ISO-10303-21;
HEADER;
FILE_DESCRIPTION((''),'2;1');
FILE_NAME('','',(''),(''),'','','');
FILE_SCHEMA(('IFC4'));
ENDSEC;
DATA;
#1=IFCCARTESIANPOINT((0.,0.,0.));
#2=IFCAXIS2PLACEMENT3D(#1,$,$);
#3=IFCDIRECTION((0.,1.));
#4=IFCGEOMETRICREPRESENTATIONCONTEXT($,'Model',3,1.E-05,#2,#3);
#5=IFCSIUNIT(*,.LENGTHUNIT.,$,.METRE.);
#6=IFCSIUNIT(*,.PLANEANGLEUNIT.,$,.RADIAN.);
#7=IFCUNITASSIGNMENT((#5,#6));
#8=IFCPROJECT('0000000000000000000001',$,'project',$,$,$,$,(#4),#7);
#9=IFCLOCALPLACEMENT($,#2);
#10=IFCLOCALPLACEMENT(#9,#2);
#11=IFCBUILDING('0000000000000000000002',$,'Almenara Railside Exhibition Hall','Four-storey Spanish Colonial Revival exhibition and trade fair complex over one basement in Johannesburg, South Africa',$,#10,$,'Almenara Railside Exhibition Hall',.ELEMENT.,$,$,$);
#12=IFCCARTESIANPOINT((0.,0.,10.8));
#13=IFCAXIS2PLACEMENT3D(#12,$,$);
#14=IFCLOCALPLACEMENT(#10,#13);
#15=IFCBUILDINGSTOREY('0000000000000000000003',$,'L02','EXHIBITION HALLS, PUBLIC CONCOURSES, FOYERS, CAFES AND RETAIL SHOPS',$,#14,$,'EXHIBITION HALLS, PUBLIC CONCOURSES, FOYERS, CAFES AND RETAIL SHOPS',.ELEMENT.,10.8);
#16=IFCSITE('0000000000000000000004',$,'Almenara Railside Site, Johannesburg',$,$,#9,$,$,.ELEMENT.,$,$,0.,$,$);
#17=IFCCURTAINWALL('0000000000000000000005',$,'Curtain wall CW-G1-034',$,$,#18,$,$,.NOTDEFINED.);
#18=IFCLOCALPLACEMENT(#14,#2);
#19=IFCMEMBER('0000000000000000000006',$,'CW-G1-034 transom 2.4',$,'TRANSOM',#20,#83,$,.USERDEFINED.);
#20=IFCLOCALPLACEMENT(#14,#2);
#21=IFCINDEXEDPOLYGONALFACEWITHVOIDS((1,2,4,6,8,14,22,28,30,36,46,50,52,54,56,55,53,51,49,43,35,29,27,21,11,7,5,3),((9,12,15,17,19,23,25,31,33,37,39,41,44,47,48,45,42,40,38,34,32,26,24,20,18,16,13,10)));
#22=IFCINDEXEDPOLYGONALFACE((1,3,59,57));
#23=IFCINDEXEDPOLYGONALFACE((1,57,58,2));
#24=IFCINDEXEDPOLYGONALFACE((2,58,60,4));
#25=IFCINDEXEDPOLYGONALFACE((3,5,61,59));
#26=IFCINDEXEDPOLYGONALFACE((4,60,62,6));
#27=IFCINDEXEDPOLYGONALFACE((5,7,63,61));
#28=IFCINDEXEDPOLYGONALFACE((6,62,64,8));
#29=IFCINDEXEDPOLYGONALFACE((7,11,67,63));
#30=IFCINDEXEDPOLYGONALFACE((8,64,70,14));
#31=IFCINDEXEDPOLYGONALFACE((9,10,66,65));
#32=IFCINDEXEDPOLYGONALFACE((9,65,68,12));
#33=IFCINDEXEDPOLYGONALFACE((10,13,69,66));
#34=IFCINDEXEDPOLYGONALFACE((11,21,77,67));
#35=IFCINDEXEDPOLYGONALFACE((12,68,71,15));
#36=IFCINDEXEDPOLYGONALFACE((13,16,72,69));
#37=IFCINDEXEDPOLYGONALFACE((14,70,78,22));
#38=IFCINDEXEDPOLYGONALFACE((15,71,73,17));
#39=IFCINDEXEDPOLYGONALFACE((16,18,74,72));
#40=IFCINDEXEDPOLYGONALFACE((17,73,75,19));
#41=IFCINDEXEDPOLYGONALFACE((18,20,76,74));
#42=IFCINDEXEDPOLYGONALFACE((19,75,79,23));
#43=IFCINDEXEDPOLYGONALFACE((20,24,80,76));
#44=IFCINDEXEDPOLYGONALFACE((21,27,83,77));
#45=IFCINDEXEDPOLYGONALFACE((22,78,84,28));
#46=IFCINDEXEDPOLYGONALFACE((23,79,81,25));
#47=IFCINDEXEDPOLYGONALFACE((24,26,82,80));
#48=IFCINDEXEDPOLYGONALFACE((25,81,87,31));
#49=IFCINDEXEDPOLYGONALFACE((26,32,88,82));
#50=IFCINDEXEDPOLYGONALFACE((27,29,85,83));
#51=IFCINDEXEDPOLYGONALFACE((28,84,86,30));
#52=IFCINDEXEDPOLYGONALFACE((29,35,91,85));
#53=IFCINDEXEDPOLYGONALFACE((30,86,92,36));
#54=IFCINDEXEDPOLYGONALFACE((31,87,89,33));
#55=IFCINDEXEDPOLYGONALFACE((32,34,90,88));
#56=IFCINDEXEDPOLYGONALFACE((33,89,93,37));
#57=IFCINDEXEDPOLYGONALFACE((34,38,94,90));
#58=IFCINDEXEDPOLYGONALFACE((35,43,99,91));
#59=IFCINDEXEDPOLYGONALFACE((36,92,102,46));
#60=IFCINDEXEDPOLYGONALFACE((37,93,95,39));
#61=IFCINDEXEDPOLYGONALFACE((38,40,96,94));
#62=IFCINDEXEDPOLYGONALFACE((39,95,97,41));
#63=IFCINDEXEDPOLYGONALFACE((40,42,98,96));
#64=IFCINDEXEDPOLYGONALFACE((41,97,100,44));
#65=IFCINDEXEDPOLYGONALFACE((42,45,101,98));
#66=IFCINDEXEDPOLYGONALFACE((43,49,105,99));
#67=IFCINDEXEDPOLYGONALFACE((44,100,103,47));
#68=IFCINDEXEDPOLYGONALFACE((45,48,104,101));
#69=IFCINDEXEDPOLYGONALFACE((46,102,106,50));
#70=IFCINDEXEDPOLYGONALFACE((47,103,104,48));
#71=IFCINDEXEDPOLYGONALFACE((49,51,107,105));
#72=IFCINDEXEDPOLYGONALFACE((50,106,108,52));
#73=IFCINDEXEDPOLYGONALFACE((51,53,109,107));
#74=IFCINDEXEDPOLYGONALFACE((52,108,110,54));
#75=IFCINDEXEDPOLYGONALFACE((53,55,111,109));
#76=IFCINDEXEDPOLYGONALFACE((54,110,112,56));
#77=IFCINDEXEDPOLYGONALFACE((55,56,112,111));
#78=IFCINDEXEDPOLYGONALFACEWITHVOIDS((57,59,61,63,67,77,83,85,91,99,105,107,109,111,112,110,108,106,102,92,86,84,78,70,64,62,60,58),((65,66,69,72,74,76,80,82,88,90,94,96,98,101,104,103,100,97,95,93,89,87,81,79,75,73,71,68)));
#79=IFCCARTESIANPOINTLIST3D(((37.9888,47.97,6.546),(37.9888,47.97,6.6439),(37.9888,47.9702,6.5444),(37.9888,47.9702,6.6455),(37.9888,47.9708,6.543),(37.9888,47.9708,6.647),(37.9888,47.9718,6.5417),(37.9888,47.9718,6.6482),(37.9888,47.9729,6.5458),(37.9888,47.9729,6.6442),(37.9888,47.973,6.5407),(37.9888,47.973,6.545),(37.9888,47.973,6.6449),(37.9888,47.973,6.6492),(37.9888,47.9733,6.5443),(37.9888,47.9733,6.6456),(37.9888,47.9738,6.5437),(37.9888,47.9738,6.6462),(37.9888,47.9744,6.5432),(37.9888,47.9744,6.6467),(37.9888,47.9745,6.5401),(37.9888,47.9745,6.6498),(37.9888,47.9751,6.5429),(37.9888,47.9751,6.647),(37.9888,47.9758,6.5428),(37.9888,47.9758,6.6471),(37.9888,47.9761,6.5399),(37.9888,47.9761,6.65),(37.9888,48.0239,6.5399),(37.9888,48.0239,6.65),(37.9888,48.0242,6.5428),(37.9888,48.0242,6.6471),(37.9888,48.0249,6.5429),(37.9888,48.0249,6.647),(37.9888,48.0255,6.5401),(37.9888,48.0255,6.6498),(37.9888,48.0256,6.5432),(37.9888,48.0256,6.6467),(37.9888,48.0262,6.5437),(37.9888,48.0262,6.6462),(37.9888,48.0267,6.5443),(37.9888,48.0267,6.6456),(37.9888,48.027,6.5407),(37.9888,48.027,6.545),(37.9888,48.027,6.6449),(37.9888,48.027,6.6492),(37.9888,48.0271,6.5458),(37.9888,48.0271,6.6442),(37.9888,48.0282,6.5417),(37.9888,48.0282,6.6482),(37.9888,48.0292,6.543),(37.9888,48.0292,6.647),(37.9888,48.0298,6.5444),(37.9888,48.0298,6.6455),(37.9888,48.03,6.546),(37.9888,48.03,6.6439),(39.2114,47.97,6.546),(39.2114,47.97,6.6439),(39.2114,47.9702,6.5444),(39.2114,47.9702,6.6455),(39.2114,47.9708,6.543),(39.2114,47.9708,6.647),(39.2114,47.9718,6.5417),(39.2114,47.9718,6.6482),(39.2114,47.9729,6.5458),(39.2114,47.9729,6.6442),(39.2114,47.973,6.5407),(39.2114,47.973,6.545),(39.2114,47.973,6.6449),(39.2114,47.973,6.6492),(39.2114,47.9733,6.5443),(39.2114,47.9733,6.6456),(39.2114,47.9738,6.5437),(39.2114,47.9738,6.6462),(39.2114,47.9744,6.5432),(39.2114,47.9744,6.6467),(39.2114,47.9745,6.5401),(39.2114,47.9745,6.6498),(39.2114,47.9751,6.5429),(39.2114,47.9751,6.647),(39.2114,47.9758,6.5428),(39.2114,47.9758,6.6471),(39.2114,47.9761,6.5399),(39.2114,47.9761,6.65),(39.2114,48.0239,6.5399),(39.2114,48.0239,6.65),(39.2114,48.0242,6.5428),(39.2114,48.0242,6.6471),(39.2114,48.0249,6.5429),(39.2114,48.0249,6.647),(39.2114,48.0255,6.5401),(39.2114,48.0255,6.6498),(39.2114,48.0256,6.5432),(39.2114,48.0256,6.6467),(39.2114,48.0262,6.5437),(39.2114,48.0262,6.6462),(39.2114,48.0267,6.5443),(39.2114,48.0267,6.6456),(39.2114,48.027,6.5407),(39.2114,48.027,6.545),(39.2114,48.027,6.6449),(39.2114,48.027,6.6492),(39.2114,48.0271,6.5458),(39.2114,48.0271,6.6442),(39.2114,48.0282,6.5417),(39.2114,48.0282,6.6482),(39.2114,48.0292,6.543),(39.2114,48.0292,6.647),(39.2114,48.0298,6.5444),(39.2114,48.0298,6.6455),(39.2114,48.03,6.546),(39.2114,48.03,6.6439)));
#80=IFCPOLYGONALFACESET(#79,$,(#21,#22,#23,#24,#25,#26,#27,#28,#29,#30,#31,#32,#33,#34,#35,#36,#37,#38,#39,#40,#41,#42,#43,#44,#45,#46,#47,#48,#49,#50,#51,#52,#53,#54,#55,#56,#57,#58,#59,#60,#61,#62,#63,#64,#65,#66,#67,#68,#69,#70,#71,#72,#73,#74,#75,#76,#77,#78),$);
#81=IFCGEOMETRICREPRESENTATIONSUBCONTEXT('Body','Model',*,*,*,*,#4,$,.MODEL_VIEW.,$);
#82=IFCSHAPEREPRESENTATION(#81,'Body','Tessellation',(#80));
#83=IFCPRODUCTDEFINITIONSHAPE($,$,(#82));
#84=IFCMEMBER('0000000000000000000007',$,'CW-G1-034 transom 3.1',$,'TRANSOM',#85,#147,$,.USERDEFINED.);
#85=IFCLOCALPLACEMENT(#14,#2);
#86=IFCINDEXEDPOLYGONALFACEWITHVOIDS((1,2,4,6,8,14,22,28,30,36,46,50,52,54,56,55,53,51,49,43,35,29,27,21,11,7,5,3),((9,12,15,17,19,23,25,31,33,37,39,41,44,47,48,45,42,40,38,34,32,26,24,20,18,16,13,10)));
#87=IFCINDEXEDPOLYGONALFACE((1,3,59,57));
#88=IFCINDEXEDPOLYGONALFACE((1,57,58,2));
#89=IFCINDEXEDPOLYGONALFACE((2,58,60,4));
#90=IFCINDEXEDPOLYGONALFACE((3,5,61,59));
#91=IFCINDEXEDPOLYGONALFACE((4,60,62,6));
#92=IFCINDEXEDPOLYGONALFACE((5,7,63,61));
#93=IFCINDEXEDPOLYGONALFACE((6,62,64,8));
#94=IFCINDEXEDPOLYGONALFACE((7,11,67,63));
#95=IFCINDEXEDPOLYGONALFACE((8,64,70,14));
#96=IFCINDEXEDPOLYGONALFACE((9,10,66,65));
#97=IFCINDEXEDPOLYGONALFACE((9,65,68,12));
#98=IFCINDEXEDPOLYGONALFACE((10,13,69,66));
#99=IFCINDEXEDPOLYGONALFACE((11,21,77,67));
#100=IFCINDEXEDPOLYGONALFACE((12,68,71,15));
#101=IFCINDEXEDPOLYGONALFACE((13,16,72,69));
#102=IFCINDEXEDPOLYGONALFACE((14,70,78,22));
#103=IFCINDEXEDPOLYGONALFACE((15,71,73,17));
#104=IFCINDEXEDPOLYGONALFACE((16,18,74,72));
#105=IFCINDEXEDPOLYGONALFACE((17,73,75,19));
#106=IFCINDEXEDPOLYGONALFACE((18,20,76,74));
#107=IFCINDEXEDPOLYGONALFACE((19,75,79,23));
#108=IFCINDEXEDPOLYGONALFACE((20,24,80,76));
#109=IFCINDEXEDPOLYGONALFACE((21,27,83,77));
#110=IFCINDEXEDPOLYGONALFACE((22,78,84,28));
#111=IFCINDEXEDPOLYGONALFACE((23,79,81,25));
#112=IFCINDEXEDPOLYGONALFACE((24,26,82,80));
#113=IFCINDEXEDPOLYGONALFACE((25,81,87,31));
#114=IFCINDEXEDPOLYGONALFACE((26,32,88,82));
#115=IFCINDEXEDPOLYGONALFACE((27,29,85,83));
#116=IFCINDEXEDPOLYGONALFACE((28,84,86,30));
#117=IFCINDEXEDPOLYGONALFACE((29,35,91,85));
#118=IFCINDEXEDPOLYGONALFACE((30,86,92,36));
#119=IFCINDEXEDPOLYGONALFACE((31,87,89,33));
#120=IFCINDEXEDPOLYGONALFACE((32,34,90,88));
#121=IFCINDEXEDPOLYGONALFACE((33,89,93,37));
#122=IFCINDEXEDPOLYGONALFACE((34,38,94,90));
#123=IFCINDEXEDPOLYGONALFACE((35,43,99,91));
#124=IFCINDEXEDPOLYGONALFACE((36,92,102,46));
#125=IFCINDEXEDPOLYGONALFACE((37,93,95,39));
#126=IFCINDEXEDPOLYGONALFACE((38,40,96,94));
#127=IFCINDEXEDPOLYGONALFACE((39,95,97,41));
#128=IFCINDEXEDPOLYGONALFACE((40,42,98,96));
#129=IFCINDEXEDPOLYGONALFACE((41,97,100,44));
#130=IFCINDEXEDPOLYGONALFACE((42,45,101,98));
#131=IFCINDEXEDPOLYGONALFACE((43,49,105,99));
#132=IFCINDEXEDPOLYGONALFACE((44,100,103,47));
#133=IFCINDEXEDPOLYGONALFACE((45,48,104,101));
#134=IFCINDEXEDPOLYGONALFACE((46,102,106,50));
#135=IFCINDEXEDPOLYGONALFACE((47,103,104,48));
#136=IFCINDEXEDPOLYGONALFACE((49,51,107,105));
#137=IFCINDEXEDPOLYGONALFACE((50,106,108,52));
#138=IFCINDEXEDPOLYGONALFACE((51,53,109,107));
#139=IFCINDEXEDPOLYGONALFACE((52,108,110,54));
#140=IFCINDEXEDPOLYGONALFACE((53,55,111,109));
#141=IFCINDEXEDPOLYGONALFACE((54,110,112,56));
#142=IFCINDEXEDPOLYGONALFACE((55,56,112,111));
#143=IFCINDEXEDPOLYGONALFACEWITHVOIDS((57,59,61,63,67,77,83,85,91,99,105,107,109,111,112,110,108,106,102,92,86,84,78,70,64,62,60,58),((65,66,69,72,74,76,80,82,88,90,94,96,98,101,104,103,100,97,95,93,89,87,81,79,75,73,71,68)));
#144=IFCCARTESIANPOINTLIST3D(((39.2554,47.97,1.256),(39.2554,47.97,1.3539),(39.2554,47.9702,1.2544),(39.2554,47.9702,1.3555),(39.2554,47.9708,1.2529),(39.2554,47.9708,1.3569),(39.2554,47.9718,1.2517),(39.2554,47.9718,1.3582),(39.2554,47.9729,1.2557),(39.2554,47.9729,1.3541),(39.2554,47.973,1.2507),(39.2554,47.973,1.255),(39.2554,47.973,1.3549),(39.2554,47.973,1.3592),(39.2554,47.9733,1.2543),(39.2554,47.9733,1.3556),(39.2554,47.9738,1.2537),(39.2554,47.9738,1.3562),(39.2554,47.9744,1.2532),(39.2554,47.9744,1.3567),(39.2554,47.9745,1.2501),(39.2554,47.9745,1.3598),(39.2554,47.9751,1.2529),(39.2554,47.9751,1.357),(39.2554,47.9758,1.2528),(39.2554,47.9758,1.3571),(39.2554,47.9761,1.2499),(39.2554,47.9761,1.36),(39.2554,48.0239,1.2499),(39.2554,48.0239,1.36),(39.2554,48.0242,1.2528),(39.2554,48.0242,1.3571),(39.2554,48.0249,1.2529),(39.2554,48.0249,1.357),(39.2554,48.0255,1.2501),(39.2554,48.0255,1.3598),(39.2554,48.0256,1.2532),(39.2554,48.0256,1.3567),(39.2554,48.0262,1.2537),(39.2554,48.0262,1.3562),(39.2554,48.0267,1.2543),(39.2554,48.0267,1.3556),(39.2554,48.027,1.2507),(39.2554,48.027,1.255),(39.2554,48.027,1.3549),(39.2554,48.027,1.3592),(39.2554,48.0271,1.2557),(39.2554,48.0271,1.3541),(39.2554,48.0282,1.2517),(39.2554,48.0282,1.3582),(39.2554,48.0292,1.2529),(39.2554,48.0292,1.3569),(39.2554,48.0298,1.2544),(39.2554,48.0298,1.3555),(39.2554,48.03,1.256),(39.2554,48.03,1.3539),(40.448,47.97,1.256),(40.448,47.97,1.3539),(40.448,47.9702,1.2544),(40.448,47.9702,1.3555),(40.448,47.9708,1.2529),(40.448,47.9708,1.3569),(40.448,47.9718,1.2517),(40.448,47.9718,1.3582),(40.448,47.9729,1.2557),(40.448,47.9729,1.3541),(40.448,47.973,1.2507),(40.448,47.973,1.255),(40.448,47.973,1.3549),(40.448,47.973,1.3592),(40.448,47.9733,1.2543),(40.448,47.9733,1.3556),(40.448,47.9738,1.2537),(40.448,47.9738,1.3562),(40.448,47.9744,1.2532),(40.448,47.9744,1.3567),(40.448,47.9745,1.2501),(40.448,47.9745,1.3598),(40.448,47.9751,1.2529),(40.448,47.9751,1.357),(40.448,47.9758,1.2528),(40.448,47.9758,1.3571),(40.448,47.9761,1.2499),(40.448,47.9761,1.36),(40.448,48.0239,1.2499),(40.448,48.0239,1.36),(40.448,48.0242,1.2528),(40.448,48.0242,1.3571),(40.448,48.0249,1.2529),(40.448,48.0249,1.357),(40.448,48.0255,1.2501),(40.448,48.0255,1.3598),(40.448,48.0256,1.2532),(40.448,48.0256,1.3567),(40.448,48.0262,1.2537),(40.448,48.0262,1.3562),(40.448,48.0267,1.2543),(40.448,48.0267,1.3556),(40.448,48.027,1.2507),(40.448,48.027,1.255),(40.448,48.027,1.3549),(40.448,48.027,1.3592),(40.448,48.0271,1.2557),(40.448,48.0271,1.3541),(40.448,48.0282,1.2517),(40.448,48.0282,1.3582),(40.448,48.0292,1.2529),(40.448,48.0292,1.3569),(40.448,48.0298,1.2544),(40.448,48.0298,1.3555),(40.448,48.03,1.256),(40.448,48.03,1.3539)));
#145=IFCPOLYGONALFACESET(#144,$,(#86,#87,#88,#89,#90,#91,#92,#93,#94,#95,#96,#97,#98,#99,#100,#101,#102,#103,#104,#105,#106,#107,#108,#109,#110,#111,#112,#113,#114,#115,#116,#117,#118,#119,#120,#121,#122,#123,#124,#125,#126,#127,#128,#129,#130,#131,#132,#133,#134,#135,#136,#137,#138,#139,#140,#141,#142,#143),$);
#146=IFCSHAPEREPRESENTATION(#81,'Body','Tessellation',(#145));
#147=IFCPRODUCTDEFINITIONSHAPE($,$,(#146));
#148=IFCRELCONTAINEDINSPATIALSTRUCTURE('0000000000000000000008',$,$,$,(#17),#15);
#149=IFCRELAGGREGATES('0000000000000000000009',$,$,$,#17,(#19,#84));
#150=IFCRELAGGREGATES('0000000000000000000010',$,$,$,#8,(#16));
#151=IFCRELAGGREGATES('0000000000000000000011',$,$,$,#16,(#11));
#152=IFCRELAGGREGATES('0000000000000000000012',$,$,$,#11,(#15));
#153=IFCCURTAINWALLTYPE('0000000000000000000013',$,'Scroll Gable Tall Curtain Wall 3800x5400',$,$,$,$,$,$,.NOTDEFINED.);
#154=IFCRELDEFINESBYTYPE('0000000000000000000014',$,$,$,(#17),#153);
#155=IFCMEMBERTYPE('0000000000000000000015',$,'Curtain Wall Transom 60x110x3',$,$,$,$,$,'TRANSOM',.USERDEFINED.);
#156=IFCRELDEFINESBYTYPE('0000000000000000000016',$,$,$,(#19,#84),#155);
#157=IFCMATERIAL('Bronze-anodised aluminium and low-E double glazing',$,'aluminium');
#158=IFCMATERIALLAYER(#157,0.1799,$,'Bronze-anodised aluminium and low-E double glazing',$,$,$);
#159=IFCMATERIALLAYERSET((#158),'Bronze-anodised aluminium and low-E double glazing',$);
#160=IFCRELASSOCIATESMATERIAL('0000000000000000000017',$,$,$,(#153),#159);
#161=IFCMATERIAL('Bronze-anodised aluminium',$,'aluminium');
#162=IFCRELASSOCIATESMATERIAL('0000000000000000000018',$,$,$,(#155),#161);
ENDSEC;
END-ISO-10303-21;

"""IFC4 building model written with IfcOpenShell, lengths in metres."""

from ifc_helpers import new_model, si_unit, direction, frame, origin, origin_2d, place, context, subcontext, project, spatial, hollow_rectangle, extrude, material, layer, layer_set, material_profile, profile_set, type_object, element, aggregate, save


model = new_model("IFC4")

# Units and contexts
model_context = context("Model", 3, precision=1e-05, world=origin(), true_north=direction((0.0, 1.0)))
body_context = subcontext(model_context, "Body", "Model", "MODEL_VIEW")
ifc_project = project(units=[si_unit("LENGTHUNIT", "METRE"), si_unit("PLANEANGLEUNIT", "RADIAN")], contexts=[model_context])

# Site, building, storey
site_placement = place(None, origin())
site = spatial("IfcSite", under=ifc_project, at=site_placement, Name="Almenara Railside Site, Johannesburg", CompositionType="ELEMENT", RefElevation=0.0)
building_placement = place(site_placement, origin())
building = spatial("IfcBuilding", under=site, at=building_placement, Name="Almenara Railside Exhibition Hall", Description="Four-storey Spanish Colonial Revival exhibition and trade fair complex over one basement in Johannesburg, South Africa", LongName="Almenara Railside Exhibition Hall", CompositionType="ELEMENT")
storey_placement = place(building_placement, frame((0.0, 0.0, 10.8)))
storey = spatial("IfcBuildingStorey", under=building, at=storey_placement, Name="L02", Description="EXHIBITION HALLS, PUBLIC CONCOURSES, FOYERS, CAFES AND RETAIL SHOPS", LongName="EXHIBITION HALLS, PUBLIC CONCOURSES, FOYERS, CAFES AND RETAIL SHOPS", CompositionType="ELEMENT", Elevation=10.8)

# Curtain wall
ifc_material_1 = material(Name="Bronze-anodised aluminium and low-E double glazing", Category="aluminium")
ifc_layer_1 = layer(ifc_material_1, 0.1799, Name="Bronze-anodised aluminium and low-E double glazing")
ifc_layer_set_1 = layer_set([ifc_layer_1], Name="Bronze-anodised aluminium and low-E double glazing")
curtain_wall_type = type_object("IfcCurtainWallType", Name="Scroll Gable Tall Curtain Wall 3800x5400", PredefinedType="NOTDEFINED", material=ifc_layer_set_1)
ifc_material_2 = material(Name="Bronze-anodised aluminium", Category="aluminium")
curtain_wall_1_placement = place(storey_placement, origin())
curtain_wall_1 = element("IfcCurtainWall", 1, at=curtain_wall_1_placement, inside=storey, type_object=curtain_wall_type, Name="Curtain wall CW-G1-034", PredefinedType="NOTDEFINED")

# Members
ifc_material_profile_1 = material_profile(ifc_material_2, hollow_rectangle(XDim=0.0601, YDim=0.1101, WallThickness=0.0029, InnerFilletRadius=0.0029, OuterFilletRadius=0.0061, at=origin_2d()), Name="ALU-TRN 60x110x3")
ifc_profile_set_1 = profile_set([ifc_material_profile_1], Name="Bronze-anodised aluminium")
member_type_1 = type_object("IfcMemberType", Name="Curtain Wall Transom 60x110x3", ElementType="TRANSOM", PredefinedType="USERDEFINED", material=ifc_profile_set_1)
member_1_placement = place(storey_placement, frame((37.9888, 48.0, 6.595), z_axis=(1.0, 0.0, 0.0), x_axis=(0.0, 1.0, 0.0)))
member_1 = element("IfcMember", 2, at=member_1_placement, type_object=member_type_1, Name="CW-G1-034 transom 2.4", ObjectType="TRANSOM", PredefinedType="USERDEFINED", context=body_context, shape_type="SweptSolid", body=[
    extrude(hollow_rectangle(XDim=0.0601, YDim=0.1101, WallThickness=0.0029, InnerFilletRadius=0.0029, OuterFilletRadius=0.0061, at=origin_2d()), origin(), (0.0, 0.0, 1.0), 1.2227),
])
member_2_placement = place(storey_placement, frame((39.2554, 48.0, 1.3049), z_axis=(1.0, 0.0, 0.0), x_axis=(0.0, 1.0, 0.0)))
member_2 = element("IfcMember", 3, at=member_2_placement, type_object=member_type_1, Name="CW-G1-034 transom 3.1", ObjectType="TRANSOM", PredefinedType="USERDEFINED", context=body_context, shape_type="SweptSolid", body=[
    extrude(hollow_rectangle(XDim=0.0601, YDim=0.1101, WallThickness=0.0029, InnerFilletRadius=0.0029, OuterFilletRadius=0.0061, at=origin_2d()), origin(), (0.0, 0.0, 1.0), 1.1926),
])

aggregate(curtain_wall_1, [member_1, member_2])

save(model, "model.ifc")
